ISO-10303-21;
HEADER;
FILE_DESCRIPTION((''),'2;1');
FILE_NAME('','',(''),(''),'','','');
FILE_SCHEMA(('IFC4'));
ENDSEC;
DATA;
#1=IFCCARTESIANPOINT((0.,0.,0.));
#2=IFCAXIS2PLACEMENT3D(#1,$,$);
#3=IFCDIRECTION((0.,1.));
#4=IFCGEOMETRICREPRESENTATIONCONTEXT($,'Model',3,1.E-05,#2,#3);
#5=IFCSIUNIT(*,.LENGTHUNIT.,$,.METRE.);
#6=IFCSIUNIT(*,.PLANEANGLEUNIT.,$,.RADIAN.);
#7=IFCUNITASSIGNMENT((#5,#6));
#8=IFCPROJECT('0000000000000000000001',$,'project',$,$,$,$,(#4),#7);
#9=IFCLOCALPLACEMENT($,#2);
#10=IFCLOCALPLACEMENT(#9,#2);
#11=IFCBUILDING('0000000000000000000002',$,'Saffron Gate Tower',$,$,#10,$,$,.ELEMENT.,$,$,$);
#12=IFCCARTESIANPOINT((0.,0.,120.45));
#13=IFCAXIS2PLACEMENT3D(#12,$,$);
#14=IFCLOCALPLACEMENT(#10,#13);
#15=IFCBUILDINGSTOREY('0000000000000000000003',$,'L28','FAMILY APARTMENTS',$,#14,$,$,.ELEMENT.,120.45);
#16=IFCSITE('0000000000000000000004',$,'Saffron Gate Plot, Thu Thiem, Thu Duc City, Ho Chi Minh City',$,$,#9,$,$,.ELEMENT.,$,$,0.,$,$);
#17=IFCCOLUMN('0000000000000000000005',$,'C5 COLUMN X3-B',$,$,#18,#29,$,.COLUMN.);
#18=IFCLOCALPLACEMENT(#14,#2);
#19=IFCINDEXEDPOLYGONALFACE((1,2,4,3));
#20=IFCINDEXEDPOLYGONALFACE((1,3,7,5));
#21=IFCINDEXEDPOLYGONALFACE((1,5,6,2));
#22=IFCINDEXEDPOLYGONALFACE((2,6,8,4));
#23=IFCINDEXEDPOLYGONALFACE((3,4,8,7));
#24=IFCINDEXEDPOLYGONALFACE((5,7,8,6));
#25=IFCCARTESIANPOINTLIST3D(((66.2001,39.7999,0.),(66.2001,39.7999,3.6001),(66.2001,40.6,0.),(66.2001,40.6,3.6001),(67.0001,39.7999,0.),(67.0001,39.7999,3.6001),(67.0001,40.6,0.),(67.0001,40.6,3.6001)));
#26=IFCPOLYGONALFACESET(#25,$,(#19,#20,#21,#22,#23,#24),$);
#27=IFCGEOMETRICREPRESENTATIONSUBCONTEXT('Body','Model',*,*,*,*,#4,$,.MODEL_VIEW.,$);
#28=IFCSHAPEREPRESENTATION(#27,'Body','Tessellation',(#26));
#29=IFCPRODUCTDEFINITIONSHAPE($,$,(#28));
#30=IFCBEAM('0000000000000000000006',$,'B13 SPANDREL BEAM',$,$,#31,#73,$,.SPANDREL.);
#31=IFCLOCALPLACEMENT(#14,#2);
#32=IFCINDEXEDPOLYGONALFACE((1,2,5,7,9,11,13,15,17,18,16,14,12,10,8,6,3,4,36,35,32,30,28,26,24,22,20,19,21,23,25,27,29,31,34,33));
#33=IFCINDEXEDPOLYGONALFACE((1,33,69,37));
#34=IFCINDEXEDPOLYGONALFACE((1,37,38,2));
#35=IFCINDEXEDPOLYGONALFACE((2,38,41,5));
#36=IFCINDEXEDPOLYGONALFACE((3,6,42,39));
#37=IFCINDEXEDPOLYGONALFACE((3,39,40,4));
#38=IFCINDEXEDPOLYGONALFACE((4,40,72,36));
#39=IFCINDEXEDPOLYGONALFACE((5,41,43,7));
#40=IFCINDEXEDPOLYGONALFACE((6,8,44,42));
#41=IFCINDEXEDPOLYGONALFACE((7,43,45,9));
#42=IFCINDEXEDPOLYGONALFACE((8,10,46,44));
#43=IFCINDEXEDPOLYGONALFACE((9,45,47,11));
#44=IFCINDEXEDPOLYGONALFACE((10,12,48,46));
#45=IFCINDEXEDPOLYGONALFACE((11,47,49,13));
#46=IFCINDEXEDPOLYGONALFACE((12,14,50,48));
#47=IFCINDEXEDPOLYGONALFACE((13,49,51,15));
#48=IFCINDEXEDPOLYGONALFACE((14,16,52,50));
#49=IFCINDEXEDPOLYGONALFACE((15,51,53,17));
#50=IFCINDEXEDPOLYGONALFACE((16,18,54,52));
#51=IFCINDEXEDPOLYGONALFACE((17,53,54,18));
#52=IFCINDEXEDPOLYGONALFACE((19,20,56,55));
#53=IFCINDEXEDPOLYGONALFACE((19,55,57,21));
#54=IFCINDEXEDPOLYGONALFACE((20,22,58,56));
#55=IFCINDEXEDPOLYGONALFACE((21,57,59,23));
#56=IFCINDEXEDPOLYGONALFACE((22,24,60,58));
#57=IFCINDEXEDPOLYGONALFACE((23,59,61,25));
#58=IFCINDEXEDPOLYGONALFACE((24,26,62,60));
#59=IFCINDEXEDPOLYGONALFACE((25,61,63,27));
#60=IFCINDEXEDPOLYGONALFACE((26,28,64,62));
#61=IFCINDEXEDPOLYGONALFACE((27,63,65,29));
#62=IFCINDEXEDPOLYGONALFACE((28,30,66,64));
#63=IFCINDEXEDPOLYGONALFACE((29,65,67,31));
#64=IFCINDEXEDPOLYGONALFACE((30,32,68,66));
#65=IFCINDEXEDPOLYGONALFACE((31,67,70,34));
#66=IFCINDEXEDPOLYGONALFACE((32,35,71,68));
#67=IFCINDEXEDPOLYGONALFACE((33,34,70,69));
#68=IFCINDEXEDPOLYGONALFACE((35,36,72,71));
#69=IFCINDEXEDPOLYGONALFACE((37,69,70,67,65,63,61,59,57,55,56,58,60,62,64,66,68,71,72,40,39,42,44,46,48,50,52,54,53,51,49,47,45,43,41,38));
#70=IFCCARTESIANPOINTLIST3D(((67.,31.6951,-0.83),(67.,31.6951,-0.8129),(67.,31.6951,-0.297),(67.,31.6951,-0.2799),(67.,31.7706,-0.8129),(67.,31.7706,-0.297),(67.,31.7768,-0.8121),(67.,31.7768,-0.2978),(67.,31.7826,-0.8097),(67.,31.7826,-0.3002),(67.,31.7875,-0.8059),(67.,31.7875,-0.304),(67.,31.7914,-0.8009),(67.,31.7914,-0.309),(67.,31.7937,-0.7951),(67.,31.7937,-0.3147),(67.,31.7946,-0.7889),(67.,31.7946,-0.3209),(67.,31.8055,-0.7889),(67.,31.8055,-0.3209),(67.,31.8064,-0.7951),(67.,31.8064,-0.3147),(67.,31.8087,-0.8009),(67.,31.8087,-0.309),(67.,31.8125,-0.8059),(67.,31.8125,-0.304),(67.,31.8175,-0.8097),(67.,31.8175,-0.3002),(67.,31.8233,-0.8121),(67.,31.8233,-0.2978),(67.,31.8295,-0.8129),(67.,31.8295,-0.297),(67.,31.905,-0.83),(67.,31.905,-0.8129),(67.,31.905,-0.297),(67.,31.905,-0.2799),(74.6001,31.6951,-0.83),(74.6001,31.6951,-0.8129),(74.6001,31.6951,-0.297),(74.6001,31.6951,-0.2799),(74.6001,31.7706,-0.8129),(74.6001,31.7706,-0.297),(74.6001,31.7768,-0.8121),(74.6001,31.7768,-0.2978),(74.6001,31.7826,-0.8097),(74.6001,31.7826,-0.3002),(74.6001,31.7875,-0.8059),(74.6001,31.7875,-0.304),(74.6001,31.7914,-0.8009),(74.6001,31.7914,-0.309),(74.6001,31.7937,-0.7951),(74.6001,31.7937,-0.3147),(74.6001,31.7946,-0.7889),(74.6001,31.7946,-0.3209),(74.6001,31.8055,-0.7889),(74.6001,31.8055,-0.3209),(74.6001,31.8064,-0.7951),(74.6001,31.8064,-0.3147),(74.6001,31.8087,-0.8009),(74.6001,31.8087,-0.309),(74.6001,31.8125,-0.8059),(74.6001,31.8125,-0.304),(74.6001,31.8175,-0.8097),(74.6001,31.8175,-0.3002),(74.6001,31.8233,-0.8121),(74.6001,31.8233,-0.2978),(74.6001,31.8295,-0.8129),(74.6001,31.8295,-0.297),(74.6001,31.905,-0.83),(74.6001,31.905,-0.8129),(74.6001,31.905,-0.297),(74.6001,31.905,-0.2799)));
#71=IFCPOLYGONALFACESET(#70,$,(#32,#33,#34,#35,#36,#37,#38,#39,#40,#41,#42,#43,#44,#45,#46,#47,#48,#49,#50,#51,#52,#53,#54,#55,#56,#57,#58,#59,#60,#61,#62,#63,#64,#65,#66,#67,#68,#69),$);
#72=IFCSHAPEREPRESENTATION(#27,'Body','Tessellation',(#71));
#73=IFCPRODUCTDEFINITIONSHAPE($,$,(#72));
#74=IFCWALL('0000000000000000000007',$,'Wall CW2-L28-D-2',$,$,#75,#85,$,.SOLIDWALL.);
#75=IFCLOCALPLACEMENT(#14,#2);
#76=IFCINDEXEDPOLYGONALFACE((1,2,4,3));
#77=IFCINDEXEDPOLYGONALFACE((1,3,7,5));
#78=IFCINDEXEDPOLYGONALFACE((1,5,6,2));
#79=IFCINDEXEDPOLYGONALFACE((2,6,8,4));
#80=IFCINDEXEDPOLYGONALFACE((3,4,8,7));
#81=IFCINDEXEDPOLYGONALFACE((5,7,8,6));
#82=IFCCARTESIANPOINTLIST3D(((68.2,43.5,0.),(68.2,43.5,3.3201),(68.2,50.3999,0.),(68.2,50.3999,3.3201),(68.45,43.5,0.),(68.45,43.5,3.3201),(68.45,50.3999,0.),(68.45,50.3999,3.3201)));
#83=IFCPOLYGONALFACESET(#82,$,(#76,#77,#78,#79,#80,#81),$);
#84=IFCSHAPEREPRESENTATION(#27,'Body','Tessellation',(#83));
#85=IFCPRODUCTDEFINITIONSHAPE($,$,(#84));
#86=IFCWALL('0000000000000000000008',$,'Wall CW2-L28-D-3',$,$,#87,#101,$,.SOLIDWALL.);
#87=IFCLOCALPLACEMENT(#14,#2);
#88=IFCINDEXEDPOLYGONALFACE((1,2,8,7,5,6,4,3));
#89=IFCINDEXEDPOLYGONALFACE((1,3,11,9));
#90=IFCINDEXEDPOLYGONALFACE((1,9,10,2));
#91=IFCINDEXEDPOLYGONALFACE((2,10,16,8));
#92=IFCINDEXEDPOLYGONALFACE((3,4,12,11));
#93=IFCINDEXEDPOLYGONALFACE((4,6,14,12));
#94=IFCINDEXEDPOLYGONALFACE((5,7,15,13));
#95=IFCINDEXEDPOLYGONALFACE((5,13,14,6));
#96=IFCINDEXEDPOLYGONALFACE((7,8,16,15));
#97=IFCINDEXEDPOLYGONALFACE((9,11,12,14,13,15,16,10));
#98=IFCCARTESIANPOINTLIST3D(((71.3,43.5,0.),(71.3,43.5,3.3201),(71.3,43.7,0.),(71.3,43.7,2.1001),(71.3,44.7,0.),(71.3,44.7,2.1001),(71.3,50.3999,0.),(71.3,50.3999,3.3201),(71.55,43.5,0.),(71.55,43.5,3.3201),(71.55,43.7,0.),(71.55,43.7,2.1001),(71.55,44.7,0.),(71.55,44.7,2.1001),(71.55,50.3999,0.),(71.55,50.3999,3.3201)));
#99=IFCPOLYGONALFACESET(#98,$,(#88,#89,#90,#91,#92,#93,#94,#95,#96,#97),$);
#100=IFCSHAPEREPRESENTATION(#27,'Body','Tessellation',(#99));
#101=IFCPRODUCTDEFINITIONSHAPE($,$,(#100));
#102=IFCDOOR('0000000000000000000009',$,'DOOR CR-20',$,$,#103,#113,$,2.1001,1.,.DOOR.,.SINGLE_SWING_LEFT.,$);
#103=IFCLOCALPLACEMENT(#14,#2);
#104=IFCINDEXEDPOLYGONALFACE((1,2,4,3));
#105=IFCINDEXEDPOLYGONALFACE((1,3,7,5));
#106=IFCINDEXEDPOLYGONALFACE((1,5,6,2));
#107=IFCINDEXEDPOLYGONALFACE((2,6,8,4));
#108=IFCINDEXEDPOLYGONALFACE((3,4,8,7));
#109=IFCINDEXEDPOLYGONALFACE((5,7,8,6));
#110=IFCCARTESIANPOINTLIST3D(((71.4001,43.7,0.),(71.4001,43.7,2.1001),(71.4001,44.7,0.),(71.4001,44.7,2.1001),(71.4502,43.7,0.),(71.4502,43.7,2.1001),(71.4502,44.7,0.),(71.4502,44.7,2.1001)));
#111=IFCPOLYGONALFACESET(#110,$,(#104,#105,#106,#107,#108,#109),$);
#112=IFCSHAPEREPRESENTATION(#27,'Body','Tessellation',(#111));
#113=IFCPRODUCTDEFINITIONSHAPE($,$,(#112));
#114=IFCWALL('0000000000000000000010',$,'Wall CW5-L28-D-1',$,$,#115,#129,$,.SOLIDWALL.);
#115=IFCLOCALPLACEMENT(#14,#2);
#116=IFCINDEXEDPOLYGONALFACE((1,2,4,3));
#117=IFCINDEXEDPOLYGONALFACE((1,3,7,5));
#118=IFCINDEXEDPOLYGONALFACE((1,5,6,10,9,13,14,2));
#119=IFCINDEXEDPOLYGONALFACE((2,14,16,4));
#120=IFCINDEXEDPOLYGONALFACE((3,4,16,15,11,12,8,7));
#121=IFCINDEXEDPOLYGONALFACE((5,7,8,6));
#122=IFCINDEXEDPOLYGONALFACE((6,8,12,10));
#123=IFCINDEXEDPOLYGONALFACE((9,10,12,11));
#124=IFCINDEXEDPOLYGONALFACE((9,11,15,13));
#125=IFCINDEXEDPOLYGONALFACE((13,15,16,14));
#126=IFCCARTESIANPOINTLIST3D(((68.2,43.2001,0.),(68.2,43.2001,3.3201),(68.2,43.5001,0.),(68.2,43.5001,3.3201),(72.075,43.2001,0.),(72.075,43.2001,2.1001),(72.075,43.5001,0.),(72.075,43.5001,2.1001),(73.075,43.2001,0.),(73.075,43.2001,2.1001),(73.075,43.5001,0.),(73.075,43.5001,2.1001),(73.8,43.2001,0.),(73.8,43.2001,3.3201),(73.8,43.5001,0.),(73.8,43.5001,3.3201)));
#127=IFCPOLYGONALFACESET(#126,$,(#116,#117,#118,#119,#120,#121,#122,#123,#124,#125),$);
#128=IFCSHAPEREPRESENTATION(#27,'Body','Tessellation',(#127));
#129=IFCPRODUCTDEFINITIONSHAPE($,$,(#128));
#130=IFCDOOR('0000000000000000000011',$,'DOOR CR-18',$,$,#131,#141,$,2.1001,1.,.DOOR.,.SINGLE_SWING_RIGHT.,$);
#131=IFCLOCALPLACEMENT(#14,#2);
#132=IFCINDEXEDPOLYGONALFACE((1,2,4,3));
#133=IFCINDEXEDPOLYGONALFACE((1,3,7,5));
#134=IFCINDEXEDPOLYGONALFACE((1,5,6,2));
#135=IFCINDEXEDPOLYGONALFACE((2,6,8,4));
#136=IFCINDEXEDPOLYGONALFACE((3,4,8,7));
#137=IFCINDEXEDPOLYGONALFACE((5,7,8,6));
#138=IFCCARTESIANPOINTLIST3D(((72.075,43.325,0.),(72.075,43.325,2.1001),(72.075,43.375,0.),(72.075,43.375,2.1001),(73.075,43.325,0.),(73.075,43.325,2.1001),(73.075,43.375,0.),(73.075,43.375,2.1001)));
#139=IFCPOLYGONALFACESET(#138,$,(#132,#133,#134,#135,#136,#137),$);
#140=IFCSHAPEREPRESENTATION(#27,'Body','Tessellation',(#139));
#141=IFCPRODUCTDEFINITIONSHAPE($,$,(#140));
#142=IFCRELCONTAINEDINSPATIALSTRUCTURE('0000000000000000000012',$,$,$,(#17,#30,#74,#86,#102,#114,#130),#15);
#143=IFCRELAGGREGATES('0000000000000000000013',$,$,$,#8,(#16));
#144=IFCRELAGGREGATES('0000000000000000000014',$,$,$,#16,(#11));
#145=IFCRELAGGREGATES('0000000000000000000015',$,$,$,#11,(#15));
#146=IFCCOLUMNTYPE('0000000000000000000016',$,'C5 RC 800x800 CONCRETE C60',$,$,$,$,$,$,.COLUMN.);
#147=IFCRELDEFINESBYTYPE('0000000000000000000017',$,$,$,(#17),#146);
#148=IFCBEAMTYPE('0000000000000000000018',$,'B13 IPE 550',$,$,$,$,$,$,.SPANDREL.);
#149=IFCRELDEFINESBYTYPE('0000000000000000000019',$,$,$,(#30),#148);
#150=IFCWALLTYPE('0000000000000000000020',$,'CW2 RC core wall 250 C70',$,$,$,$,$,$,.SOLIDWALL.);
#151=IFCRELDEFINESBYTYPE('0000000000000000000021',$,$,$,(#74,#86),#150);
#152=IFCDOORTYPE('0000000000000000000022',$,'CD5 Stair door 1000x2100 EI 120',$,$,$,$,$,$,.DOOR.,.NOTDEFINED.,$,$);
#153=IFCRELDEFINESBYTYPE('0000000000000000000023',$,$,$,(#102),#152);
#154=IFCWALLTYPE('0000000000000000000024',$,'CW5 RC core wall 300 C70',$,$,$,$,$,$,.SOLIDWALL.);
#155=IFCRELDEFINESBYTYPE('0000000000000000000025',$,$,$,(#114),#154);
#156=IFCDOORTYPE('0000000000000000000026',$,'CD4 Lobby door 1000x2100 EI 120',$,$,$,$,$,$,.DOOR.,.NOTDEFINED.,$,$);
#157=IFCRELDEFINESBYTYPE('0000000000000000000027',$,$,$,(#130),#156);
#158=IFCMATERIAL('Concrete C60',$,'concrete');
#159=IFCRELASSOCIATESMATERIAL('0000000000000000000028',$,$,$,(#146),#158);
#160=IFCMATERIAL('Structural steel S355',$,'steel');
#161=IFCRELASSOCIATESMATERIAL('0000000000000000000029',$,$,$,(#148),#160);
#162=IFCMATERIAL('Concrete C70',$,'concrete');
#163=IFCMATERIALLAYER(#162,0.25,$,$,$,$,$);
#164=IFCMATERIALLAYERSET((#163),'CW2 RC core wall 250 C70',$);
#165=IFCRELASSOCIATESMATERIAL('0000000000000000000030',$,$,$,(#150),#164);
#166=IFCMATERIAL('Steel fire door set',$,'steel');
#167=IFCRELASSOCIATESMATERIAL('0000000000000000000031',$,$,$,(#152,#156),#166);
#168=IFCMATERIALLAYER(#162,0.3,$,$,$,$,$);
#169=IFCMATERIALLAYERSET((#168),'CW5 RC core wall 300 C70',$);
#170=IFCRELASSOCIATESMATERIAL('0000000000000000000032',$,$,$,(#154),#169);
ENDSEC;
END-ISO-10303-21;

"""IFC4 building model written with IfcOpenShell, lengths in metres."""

from ifc_helpers import new_model, si_unit, direction, frame, frame_2d, origin, origin_2d, place, context, subcontext, project, spatial, rectangle, i_section, extrude, material, layer, layer_set, material_profile, profile_set, type_object, element, fill, save


model = new_model("IFC4")

# Units and contexts
model_context = context("Model", 3, precision=1e-05, world=origin(), true_north=direction((0.0, 1.0)))
body_context = subcontext(model_context, "Body", "Model", "MODEL_VIEW")
ifc_project = project(units=[si_unit("LENGTHUNIT", "METRE"), si_unit("PLANEANGLEUNIT", "RADIAN")], contexts=[model_context])

# Site, building, storey
site_placement = place(None, origin())
site = spatial("IfcSite", under=ifc_project, at=site_placement, Name="Saffron Gate Plot, Thu Thiem, Thu Duc City, Ho Chi Minh City", CompositionType="ELEMENT", RefElevation=0.0)
building_placement = place(site_placement, origin())
building = spatial("IfcBuilding", under=site, at=building_placement, Name="Saffron Gate Tower", CompositionType="ELEMENT")
storey_placement = place(building_placement, frame((0.0, 0.0, 120.45)))
storey = spatial("IfcBuildingStorey", under=building, at=storey_placement, Name="L28", Description="FAMILY APARTMENTS", CompositionType="ELEMENT", Elevation=120.45)

# Column
ifc_material_1 = material(Name="Concrete C60", Category="concrete")
ifc_material_profile_1 = material_profile(ifc_material_1, rectangle(XDim=0.8, YDim=0.8, at=origin_2d()))
ifc_profile_set_1 = profile_set([ifc_material_profile_1], Name="Concrete C60")
column_type = type_object("IfcColumnType", Name="C5 RC 800x800 CONCRETE C60", PredefinedType="COLUMN", material=ifc_profile_set_1)
column_placement = place(storey_placement, frame((66.6001, 40.2, 0.0), z_axis=(0.0, 0.0, 1.0), x_axis=(1.0, 0.0, 0.0)))
element("IfcColumn", 1, at=column_placement, inside=storey, type_object=column_type, Name="C5 COLUMN X3-B", PredefinedType="COLUMN", context=body_context, shape_type="SweptSolid", body=[
    extrude(rectangle(XDim=0.8, YDim=0.8, at=origin_2d()), origin(), (0.0, 0.0, 1.0), 3.6001),
])

# Beam
ifc_material_2 = material(Name="Structural steel S355", Category="steel")
ifc_material_profile_2 = material_profile(ifc_material_2, i_section(OverallWidth=0.21, OverallDepth=0.55, WebThickness=0.011, FlangeThickness=0.0171, FilletRadius=0.0239, at=origin_2d()))
ifc_profile_set_2 = profile_set([ifc_material_profile_2], Name="Structural steel S355")
beam_type = type_object("IfcBeamType", Name="B13 IPE 550", PredefinedType="SPANDREL", material=ifc_profile_set_2)
beam_placement = place(storey_placement, frame((67.0, 31.8, -0.5549), z_axis=(1.0, 0.0, 0.0), x_axis=(0.0, 1.0, 0.0)))
element("IfcBeam", 2, at=beam_placement, inside=storey, type_object=beam_type, Name="B13 SPANDREL BEAM", PredefinedType="SPANDREL", context=body_context, shape_type="SweptSolid", body=[
    extrude(i_section(OverallWidth=0.21, OverallDepth=0.55, WebThickness=0.011, FlangeThickness=0.0171, FilletRadius=0.0239, at=origin_2d()), origin(), (0.0, 0.0, 1.0), 7.6001),
])

# Wall
ifc_material_3 = material(Name="Concrete C70", Category="concrete")
ifc_layer_1 = layer(ifc_material_3, 0.25)
ifc_layer_set_1 = layer_set([ifc_layer_1], Name="CW2 RC core wall 250 C70")
wall_type_1 = type_object("IfcWallType", Name="CW2 RC core wall 250 C70", PredefinedType="SOLIDWALL", material=ifc_layer_set_1)
wall_1_placement = place(storey_placement, frame((68.325, 43.5, 0.0), z_axis=(0.0, 0.0, 1.0), x_axis=(0.0, 1.0, 0.0)))
element("IfcWall", 3, at=wall_1_placement, inside=storey, type_object=wall_type_1, Name="Wall CW2-L28-D-2", PredefinedType="SOLIDWALL", context=body_context, shape_type="SweptSolid", body=[
    extrude(rectangle(XDim=6.8999, YDim=0.25, at=frame_2d((3.45, 0.0))), origin(), (0.0, 0.0, 1.0), 3.3201),
])

# Walls, openings, doors
wall_2_placement = place(storey_placement, frame((71.425, 43.5, 0.0), z_axis=(0.0, 0.0, 1.0), x_axis=(0.0, 1.0, 0.0)))
wall_2 = element("IfcWall", 4, at=wall_2_placement, inside=storey, type_object=wall_type_1, Name="Wall CW2-L28-D-3", PredefinedType="SOLIDWALL", context=body_context, shape_type="SweptSolid", body=[
    extrude(rectangle(XDim=6.8999, YDim=0.25, at=frame_2d((3.45, 0.0))), origin(), (0.0, 0.0, 1.0), 3.3201),
])
opening_1_placement = place(wall_2_placement, frame((0.2, 0.0, 0.0)))
opening_1 = element("IfcOpeningElement", 5, at=opening_1_placement, cuts=wall_2, PredefinedType="OPENING", context=body_context, shape_type="SweptSolid", body=[
    extrude(rectangle(XDim=1.0, YDim=2.1001, at=frame_2d((0.5, 1.05))), frame((0.0, 0.135, 0.0), z_axis=(0.0, -1.0, 0.0), x_axis=(1.0, 0.0, 0.0)), (0.0, 0.0, 1.0), 0.27),
])
ifc_material_4 = material(Name="Steel fire door set", Category="steel")
door_type_1 = type_object("IfcDoorType", Name="CD5 Stair door 1000x2100 EI 120", OperationType="NOTDEFINED", PredefinedType="DOOR", material=ifc_material_4)
door_1_placement = place(opening_1_placement, origin())
door_1 = element("IfcDoor", 6, at=door_1_placement, inside=storey, type_object=door_type_1, Name="DOOR CR-20", OperationType="SINGLE_SWING_LEFT", OverallHeight=2.1001, OverallWidth=1.0, PredefinedType="DOOR", context=body_context, shape_type="SweptSolid", body=[
    extrude(rectangle(XDim=1.0, YDim=2.1001, at=frame_2d((0.5, 1.05))), frame((0.0, 0.0249, 0.0), z_axis=(0.0, -1.0, 0.0), x_axis=(1.0, 0.0, 0.0)), (0.0, 0.0, 1.0), 0.05),
])
fill(opening_1, door_1)
ifc_layer_2 = layer(ifc_material_3, 0.3)
ifc_layer_set_2 = layer_set([ifc_layer_2], Name="CW5 RC core wall 300 C70")
wall_type_2 = type_object("IfcWallType", Name="CW5 RC core wall 300 C70", PredefinedType="SOLIDWALL", material=ifc_layer_set_2)
wall_3_placement = place(storey_placement, frame((68.2, 43.3501, 0.0), z_axis=(0.0, 0.0, 1.0), x_axis=(1.0, 0.0, 0.0)))
wall_3 = element("IfcWall", 7, at=wall_3_placement, inside=storey, type_object=wall_type_2, Name="Wall CW5-L28-D-1", PredefinedType="SOLIDWALL", context=body_context, shape_type="SweptSolid", body=[
    extrude(rectangle(XDim=5.6001, YDim=0.3, at=frame_2d((2.8, 0.0))), origin(), (0.0, 0.0, 1.0), 3.3201),
])
opening_2_placement = place(wall_3_placement, frame((3.875, 0.0, 0.0)))
opening_2 = element("IfcOpeningElement", 8, at=opening_2_placement, cuts=wall_3, PredefinedType="OPENING", context=body_context, shape_type="SweptSolid", body=[
    extrude(rectangle(XDim=1.0, YDim=2.1001, at=frame_2d((0.5, 1.05))), frame((0.0, 0.1602, 0.0), z_axis=(0.0, -1.0, 0.0), x_axis=(1.0, 0.0, 0.0)), (0.0, 0.0, 1.0), 0.3201),
])
door_type_2 = type_object("IfcDoorType", Name="CD4 Lobby door 1000x2100 EI 120", OperationType="NOTDEFINED", PredefinedType="DOOR", material=ifc_material_4)
door_2_placement = place(opening_2_placement, origin())
door_2 = element("IfcDoor", 9, at=door_2_placement, inside=storey, type_object=door_type_2, Name="DOOR CR-18", OperationType="SINGLE_SWING_RIGHT", OverallHeight=2.1001, OverallWidth=1.0, PredefinedType="DOOR", context=body_context, shape_type="SweptSolid", body=[
    extrude(rectangle(XDim=1.0, YDim=2.1001, at=frame_2d((0.5, 1.05))), frame((0.0, 0.0249, 0.0), z_axis=(0.0, -1.0, 0.0), x_axis=(1.0, 0.0, 0.0)), (0.0, 0.0, 1.0), 0.05),
])
fill(opening_2, door_2)

save(model, "model.ifc")
